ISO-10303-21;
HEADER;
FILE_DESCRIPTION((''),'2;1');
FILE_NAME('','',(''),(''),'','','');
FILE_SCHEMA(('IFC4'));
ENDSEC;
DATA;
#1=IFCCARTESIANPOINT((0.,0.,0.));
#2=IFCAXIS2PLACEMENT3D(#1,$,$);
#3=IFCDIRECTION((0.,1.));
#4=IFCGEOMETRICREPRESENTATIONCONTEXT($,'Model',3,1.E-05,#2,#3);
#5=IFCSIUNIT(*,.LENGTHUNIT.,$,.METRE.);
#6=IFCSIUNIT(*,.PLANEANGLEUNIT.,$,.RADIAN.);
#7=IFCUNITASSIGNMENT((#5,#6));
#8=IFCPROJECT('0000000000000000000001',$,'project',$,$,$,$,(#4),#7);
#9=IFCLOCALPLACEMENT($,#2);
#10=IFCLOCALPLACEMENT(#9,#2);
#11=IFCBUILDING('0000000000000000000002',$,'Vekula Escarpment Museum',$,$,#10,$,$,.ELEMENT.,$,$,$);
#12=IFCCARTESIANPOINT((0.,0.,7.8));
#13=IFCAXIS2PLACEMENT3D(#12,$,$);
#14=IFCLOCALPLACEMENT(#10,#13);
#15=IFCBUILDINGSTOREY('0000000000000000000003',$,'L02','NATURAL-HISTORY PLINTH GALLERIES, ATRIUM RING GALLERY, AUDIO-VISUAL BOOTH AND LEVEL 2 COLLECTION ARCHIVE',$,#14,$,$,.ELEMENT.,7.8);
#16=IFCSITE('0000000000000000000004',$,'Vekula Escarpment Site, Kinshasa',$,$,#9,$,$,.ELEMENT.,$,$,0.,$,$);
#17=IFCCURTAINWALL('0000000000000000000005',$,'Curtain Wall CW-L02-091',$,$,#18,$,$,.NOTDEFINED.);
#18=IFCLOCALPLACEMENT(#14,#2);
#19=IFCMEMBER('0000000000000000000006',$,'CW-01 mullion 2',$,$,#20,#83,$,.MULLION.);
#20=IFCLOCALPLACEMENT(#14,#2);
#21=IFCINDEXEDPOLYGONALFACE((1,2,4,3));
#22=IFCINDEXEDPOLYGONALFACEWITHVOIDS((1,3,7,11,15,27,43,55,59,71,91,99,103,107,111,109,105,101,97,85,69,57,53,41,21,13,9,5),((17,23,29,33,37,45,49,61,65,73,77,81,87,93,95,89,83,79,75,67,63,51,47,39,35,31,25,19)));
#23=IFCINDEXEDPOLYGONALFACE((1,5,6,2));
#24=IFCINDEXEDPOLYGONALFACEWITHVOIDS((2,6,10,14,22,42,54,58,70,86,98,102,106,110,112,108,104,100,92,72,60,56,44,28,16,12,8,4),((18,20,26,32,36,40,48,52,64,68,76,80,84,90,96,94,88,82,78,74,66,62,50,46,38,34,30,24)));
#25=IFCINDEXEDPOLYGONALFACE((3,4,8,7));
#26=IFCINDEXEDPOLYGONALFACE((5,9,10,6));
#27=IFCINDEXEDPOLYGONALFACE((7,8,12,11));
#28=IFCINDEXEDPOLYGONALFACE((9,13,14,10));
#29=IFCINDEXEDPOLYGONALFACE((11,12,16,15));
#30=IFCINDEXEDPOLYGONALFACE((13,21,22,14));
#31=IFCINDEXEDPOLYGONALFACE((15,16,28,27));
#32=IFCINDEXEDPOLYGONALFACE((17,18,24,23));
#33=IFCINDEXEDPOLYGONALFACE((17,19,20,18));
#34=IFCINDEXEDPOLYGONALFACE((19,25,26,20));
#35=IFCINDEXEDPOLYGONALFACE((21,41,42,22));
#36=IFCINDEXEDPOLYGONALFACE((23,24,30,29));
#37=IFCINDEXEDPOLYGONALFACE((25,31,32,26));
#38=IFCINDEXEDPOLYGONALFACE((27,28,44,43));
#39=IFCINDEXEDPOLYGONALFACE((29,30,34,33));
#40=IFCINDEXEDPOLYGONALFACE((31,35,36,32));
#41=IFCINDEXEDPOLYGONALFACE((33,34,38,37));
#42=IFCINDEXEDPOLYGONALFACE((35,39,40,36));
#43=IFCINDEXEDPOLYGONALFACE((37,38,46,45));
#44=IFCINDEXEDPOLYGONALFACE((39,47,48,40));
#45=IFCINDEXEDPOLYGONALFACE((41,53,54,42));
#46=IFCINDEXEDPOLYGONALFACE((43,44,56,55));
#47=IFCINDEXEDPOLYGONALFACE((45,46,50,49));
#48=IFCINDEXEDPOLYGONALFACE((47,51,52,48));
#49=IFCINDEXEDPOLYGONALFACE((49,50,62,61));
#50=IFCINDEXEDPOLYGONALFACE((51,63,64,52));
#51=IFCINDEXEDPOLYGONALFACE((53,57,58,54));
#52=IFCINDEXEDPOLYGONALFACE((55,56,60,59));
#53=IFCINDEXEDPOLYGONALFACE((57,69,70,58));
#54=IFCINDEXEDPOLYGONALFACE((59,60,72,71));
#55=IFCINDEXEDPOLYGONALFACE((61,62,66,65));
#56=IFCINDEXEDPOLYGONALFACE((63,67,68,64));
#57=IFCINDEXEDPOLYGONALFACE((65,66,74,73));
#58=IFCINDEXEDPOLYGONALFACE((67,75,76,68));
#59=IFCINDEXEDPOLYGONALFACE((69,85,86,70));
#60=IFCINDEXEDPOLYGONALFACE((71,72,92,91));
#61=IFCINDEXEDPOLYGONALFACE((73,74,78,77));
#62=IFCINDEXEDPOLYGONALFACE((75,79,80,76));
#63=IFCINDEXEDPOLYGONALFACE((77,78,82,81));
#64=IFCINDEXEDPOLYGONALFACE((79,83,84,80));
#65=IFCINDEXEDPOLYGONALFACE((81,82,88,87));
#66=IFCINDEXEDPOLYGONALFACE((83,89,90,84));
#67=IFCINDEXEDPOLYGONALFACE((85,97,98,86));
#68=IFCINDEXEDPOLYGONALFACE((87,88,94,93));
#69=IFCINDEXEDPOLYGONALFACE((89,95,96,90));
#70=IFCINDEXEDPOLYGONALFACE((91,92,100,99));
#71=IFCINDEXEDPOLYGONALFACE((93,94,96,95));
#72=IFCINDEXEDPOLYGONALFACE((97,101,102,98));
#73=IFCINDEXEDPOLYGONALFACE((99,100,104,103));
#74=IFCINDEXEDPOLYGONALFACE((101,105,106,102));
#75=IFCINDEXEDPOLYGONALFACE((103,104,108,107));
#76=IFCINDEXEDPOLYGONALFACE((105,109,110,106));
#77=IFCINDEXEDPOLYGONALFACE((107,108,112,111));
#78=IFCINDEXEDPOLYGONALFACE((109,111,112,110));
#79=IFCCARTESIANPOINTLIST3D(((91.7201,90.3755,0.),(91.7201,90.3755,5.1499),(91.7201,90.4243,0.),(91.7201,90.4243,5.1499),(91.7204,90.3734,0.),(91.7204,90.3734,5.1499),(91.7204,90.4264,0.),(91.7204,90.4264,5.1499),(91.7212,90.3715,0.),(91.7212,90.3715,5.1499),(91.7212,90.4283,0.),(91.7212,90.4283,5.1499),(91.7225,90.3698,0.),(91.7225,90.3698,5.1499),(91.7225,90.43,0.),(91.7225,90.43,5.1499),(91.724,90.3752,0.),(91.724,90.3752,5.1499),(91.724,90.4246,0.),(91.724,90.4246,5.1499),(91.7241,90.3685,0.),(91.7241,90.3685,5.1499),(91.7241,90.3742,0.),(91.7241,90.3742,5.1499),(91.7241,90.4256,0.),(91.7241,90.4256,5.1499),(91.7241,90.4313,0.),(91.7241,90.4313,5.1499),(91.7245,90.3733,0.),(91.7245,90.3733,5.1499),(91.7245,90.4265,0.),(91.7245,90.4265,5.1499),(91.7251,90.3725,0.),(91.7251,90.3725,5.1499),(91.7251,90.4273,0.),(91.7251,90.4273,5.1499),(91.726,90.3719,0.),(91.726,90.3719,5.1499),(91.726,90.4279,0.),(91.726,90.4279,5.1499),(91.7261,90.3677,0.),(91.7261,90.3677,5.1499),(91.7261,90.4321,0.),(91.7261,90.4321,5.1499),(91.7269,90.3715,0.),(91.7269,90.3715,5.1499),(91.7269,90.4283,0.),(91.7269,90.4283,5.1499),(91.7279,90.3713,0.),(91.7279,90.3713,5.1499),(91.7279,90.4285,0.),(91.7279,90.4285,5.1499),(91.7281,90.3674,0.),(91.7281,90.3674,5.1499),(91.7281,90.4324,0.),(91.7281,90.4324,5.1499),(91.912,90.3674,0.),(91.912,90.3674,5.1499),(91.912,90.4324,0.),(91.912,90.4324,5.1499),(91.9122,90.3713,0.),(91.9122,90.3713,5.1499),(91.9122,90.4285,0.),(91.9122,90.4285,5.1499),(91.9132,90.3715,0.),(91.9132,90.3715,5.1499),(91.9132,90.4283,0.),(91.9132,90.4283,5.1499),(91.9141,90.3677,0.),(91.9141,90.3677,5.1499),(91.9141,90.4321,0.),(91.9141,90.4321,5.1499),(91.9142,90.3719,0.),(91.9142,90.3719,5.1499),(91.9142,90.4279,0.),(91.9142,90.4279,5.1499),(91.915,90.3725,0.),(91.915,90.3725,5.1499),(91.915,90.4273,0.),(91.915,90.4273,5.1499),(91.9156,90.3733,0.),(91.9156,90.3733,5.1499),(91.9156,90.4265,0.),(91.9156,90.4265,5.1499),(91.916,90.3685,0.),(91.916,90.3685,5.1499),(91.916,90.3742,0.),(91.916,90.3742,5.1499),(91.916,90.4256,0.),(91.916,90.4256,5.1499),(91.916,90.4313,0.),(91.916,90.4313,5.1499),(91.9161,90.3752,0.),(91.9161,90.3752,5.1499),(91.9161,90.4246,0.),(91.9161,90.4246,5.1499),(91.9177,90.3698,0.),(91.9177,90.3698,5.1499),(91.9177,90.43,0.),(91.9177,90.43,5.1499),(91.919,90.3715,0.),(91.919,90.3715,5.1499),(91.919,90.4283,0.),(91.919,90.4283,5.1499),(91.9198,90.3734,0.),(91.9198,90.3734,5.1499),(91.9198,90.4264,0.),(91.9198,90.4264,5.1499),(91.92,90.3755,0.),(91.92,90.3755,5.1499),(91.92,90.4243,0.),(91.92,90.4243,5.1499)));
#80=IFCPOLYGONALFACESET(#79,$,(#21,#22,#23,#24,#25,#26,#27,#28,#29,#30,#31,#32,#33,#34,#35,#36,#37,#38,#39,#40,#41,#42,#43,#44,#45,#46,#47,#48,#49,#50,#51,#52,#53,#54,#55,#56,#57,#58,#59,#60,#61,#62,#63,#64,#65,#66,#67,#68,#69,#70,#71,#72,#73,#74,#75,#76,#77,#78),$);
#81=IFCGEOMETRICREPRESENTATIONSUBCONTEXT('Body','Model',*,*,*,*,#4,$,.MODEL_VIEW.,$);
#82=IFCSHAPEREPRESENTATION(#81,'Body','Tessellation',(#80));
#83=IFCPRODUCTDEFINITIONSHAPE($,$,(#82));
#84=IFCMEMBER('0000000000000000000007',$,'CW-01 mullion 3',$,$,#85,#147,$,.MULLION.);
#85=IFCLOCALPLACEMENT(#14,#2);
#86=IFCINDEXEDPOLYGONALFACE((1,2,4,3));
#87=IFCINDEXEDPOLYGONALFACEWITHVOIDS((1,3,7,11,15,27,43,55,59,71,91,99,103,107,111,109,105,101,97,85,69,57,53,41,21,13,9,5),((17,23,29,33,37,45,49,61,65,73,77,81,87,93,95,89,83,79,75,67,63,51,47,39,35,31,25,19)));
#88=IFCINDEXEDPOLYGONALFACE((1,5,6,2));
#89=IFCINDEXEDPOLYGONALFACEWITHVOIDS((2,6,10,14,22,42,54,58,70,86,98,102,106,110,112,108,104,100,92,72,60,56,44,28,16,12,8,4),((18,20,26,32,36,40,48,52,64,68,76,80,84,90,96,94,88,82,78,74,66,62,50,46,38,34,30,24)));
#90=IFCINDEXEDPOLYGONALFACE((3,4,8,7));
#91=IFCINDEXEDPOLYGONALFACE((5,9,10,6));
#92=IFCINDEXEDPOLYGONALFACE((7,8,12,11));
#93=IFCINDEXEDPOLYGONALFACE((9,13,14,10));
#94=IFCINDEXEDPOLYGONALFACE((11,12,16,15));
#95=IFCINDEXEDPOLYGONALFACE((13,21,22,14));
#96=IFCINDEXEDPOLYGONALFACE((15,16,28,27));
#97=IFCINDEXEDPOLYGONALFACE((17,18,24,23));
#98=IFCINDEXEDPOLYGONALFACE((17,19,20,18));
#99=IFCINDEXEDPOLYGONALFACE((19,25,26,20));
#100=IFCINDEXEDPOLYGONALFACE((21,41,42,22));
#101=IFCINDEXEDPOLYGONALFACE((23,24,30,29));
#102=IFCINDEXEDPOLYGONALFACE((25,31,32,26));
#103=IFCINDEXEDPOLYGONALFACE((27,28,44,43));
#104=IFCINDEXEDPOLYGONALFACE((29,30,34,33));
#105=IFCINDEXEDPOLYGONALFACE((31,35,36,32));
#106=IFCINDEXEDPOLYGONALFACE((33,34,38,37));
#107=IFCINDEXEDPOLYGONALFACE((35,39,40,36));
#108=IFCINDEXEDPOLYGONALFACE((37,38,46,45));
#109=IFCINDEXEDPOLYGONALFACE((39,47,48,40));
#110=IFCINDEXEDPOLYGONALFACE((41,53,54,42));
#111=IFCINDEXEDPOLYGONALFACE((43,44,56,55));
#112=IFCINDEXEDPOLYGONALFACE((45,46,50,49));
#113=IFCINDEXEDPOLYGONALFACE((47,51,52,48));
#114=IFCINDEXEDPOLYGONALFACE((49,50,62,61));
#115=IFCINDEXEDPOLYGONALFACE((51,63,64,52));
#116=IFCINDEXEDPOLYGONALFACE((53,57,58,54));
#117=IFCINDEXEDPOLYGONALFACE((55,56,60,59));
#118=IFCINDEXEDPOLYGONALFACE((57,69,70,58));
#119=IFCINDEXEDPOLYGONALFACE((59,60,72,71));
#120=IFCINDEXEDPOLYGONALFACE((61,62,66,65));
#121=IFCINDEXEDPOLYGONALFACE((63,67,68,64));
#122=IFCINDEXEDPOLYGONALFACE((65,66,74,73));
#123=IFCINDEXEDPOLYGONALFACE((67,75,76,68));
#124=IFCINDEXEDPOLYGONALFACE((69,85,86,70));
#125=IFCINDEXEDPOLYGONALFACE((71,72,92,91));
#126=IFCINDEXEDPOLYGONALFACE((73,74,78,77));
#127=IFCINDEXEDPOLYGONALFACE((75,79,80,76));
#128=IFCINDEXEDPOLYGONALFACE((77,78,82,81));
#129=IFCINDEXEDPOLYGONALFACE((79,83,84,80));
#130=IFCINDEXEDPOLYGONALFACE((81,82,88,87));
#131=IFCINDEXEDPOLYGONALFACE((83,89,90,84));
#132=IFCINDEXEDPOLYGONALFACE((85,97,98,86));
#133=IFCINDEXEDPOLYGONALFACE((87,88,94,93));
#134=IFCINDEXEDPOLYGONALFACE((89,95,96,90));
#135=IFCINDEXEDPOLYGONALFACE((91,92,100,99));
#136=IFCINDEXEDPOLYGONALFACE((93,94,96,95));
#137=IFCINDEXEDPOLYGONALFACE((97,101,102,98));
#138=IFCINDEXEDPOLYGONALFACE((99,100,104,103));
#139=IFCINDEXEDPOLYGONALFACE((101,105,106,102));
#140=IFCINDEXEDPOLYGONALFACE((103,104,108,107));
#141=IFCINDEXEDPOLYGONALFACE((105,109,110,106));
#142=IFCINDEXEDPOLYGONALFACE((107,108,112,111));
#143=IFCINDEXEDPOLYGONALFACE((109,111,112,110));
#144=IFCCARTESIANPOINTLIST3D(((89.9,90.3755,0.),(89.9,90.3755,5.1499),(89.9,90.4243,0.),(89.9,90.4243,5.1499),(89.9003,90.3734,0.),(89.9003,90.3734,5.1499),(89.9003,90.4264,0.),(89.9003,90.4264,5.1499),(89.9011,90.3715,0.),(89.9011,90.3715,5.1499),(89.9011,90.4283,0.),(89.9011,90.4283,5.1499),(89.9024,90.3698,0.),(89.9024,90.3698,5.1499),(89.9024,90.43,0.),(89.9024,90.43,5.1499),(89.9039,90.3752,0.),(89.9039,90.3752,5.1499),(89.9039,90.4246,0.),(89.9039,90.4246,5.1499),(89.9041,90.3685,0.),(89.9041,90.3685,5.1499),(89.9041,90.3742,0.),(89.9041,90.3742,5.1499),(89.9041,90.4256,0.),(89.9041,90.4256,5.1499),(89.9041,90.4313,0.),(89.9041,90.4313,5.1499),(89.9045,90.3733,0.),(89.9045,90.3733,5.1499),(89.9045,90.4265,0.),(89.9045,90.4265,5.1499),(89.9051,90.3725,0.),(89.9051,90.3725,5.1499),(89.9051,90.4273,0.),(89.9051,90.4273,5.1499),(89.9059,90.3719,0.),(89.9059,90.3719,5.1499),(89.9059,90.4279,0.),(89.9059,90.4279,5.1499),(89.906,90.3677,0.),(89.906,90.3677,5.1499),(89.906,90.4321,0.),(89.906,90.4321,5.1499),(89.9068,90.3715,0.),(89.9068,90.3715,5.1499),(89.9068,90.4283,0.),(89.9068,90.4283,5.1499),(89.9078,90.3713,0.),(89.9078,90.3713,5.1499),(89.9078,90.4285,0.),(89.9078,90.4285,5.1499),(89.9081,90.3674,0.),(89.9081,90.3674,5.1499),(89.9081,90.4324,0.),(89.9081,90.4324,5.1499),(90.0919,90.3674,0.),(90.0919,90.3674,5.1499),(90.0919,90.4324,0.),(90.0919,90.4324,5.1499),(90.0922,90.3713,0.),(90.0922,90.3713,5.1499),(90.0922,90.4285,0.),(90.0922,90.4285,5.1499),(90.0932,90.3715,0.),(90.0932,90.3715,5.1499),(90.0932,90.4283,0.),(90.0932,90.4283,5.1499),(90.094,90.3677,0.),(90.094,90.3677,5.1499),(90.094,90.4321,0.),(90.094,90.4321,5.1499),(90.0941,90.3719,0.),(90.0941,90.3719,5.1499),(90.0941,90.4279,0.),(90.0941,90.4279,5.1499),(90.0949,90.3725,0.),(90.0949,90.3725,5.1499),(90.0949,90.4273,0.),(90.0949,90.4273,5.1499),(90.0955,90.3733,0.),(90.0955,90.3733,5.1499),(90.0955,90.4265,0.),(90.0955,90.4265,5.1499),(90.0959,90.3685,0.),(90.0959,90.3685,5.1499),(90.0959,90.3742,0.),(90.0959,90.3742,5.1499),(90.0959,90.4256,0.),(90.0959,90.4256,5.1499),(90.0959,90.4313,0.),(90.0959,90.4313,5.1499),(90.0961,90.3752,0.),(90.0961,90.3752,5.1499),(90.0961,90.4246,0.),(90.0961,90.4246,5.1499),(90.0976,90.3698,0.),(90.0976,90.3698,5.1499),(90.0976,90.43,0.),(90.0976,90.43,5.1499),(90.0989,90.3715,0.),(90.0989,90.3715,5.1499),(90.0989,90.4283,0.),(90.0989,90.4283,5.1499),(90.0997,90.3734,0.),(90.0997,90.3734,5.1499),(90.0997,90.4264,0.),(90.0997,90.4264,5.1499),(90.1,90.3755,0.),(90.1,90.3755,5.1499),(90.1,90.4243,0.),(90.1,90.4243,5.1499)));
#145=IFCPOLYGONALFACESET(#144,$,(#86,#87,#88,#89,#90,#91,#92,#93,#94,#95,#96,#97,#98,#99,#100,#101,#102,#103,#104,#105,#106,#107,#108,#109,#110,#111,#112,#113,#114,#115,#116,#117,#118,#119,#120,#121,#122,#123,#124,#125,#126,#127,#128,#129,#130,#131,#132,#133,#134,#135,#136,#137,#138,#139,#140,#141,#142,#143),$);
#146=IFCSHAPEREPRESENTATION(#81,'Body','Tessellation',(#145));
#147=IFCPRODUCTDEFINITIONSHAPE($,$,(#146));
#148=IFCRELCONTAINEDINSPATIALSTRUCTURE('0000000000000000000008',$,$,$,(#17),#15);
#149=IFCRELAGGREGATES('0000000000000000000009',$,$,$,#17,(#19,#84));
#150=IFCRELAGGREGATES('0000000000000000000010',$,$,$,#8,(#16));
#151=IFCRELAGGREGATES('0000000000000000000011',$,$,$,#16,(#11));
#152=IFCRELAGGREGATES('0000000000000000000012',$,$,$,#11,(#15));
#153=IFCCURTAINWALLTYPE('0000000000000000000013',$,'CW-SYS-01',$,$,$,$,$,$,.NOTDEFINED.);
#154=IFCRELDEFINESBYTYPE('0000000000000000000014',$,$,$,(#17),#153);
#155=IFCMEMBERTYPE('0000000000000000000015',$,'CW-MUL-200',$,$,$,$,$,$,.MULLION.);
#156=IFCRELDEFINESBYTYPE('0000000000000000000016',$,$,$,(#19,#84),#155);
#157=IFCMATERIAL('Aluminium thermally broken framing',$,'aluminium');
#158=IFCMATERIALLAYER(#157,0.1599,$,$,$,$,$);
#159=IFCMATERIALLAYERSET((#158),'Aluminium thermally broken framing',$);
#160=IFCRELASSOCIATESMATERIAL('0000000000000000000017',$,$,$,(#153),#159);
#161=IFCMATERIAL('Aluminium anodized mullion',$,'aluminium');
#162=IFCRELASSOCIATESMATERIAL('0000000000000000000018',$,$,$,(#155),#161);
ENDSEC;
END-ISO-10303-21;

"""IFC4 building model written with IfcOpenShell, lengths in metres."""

from ifc_helpers import new_model, si_unit, direction, frame, origin, origin_2d, place, context, subcontext, project, spatial, hollow_rectangle, extrude, material, layer, layer_set, material_profile, profile_set, type_object, element, aggregate, save


model = new_model("IFC4")

# Units and contexts
model_context = context("Model", 3, precision=1e-05, world=origin(), true_north=direction((0.0, 1.0)))
body_context = subcontext(model_context, "Body", "Model", "MODEL_VIEW")
ifc_project = project(units=[si_unit("LENGTHUNIT", "METRE"), si_unit("PLANEANGLEUNIT", "RADIAN")], contexts=[model_context])

# Site, building, storey
site_placement = place(None, origin())
site = spatial("IfcSite", under=ifc_project, at=site_placement, Name="Vekula Escarpment Site, Kinshasa", CompositionType="ELEMENT", RefElevation=0.0)
building_placement = place(site_placement, origin())
building = spatial("IfcBuilding", under=site, at=building_placement, Name="Vekula Escarpment Museum", CompositionType="ELEMENT")
storey_placement = place(building_placement, frame((0.0, 0.0, 7.8)))
storey = spatial("IfcBuildingStorey", under=building, at=storey_placement, Name="L02", Description="NATURAL-HISTORY PLINTH GALLERIES, ATRIUM RING GALLERY, AUDIO-VISUAL BOOTH AND LEVEL 2 COLLECTION ARCHIVE", CompositionType="ELEMENT", Elevation=7.8)

# Curtain wall, members
ifc_material_1 = material(Name="Aluminium thermally broken framing", Category="aluminium")
ifc_layer_1 = layer(ifc_material_1, 0.1599)
ifc_layer_set_1 = layer_set([ifc_layer_1], Name="Aluminium thermally broken framing")
curtain_wall_type = type_object("IfcCurtainWallType", Name="CW-SYS-01", PredefinedType="NOTDEFINED", material=ifc_layer_set_1)
curtain_wall_placement = place(storey_placement, origin())
curtain_wall = element("IfcCurtainWall", 1, at=curtain_wall_placement, inside=storey, type_object=curtain_wall_type, Name="Curtain Wall CW-L02-091", PredefinedType="NOTDEFINED")
ifc_material_2 = material(Name="Aluminium anodized mullion", Category="aluminium")
ifc_material_profile_1 = material_profile(ifc_material_2, hollow_rectangle(XDim=0.0649, YDim=0.2, WallThickness=0.0039, InnerFilletRadius=0.0039, OuterFilletRadius=0.0081, at=origin_2d()), Name="ALU 200x65x4")
ifc_profile_set_1 = profile_set([ifc_material_profile_1], Name="Aluminium anodized mullion")
member_type_1 = type_object("IfcMemberType", Name="CW-MUL-200", PredefinedType="MULLION", material=ifc_profile_set_1)
member_1_placement = place(storey_placement, frame((91.8201, 90.3999, 0.0), z_axis=(0.0, 0.0, 1.0), x_axis=(0.0, -1.0, 0.0)))
member_1 = element("IfcMember", 2, at=member_1_placement, type_object=member_type_1, Name="CW-01 mullion 2", PredefinedType="MULLION", context=body_context, shape_type="SweptSolid", body=[
    extrude(hollow_rectangle(XDim=0.0649, YDim=0.2, WallThickness=0.0039, InnerFilletRadius=0.0039, OuterFilletRadius=0.0081, at=origin_2d()), origin(), (0.0, 0.0, 1.0), 5.1499),
])
member_2_placement = place(storey_placement, frame((90.0, 90.3999, 0.0), z_axis=(0.0, 0.0, 1.0), x_axis=(0.0, -1.0, 0.0)))
member_2 = element("IfcMember", 3, at=member_2_placement, type_object=member_type_1, Name="CW-01 mullion 3", PredefinedType="MULLION", context=body_context, shape_type="SweptSolid", body=[
    extrude(hollow_rectangle(XDim=0.0649, YDim=0.2, WallThickness=0.0039, InnerFilletRadius=0.0039, OuterFilletRadius=0.0081, at=origin_2d()), origin(), (0.0, 0.0, 1.0), 5.1499),
])
aggregate(curtain_wall, [member_1, member_2])

save(model, "model.ifc")
